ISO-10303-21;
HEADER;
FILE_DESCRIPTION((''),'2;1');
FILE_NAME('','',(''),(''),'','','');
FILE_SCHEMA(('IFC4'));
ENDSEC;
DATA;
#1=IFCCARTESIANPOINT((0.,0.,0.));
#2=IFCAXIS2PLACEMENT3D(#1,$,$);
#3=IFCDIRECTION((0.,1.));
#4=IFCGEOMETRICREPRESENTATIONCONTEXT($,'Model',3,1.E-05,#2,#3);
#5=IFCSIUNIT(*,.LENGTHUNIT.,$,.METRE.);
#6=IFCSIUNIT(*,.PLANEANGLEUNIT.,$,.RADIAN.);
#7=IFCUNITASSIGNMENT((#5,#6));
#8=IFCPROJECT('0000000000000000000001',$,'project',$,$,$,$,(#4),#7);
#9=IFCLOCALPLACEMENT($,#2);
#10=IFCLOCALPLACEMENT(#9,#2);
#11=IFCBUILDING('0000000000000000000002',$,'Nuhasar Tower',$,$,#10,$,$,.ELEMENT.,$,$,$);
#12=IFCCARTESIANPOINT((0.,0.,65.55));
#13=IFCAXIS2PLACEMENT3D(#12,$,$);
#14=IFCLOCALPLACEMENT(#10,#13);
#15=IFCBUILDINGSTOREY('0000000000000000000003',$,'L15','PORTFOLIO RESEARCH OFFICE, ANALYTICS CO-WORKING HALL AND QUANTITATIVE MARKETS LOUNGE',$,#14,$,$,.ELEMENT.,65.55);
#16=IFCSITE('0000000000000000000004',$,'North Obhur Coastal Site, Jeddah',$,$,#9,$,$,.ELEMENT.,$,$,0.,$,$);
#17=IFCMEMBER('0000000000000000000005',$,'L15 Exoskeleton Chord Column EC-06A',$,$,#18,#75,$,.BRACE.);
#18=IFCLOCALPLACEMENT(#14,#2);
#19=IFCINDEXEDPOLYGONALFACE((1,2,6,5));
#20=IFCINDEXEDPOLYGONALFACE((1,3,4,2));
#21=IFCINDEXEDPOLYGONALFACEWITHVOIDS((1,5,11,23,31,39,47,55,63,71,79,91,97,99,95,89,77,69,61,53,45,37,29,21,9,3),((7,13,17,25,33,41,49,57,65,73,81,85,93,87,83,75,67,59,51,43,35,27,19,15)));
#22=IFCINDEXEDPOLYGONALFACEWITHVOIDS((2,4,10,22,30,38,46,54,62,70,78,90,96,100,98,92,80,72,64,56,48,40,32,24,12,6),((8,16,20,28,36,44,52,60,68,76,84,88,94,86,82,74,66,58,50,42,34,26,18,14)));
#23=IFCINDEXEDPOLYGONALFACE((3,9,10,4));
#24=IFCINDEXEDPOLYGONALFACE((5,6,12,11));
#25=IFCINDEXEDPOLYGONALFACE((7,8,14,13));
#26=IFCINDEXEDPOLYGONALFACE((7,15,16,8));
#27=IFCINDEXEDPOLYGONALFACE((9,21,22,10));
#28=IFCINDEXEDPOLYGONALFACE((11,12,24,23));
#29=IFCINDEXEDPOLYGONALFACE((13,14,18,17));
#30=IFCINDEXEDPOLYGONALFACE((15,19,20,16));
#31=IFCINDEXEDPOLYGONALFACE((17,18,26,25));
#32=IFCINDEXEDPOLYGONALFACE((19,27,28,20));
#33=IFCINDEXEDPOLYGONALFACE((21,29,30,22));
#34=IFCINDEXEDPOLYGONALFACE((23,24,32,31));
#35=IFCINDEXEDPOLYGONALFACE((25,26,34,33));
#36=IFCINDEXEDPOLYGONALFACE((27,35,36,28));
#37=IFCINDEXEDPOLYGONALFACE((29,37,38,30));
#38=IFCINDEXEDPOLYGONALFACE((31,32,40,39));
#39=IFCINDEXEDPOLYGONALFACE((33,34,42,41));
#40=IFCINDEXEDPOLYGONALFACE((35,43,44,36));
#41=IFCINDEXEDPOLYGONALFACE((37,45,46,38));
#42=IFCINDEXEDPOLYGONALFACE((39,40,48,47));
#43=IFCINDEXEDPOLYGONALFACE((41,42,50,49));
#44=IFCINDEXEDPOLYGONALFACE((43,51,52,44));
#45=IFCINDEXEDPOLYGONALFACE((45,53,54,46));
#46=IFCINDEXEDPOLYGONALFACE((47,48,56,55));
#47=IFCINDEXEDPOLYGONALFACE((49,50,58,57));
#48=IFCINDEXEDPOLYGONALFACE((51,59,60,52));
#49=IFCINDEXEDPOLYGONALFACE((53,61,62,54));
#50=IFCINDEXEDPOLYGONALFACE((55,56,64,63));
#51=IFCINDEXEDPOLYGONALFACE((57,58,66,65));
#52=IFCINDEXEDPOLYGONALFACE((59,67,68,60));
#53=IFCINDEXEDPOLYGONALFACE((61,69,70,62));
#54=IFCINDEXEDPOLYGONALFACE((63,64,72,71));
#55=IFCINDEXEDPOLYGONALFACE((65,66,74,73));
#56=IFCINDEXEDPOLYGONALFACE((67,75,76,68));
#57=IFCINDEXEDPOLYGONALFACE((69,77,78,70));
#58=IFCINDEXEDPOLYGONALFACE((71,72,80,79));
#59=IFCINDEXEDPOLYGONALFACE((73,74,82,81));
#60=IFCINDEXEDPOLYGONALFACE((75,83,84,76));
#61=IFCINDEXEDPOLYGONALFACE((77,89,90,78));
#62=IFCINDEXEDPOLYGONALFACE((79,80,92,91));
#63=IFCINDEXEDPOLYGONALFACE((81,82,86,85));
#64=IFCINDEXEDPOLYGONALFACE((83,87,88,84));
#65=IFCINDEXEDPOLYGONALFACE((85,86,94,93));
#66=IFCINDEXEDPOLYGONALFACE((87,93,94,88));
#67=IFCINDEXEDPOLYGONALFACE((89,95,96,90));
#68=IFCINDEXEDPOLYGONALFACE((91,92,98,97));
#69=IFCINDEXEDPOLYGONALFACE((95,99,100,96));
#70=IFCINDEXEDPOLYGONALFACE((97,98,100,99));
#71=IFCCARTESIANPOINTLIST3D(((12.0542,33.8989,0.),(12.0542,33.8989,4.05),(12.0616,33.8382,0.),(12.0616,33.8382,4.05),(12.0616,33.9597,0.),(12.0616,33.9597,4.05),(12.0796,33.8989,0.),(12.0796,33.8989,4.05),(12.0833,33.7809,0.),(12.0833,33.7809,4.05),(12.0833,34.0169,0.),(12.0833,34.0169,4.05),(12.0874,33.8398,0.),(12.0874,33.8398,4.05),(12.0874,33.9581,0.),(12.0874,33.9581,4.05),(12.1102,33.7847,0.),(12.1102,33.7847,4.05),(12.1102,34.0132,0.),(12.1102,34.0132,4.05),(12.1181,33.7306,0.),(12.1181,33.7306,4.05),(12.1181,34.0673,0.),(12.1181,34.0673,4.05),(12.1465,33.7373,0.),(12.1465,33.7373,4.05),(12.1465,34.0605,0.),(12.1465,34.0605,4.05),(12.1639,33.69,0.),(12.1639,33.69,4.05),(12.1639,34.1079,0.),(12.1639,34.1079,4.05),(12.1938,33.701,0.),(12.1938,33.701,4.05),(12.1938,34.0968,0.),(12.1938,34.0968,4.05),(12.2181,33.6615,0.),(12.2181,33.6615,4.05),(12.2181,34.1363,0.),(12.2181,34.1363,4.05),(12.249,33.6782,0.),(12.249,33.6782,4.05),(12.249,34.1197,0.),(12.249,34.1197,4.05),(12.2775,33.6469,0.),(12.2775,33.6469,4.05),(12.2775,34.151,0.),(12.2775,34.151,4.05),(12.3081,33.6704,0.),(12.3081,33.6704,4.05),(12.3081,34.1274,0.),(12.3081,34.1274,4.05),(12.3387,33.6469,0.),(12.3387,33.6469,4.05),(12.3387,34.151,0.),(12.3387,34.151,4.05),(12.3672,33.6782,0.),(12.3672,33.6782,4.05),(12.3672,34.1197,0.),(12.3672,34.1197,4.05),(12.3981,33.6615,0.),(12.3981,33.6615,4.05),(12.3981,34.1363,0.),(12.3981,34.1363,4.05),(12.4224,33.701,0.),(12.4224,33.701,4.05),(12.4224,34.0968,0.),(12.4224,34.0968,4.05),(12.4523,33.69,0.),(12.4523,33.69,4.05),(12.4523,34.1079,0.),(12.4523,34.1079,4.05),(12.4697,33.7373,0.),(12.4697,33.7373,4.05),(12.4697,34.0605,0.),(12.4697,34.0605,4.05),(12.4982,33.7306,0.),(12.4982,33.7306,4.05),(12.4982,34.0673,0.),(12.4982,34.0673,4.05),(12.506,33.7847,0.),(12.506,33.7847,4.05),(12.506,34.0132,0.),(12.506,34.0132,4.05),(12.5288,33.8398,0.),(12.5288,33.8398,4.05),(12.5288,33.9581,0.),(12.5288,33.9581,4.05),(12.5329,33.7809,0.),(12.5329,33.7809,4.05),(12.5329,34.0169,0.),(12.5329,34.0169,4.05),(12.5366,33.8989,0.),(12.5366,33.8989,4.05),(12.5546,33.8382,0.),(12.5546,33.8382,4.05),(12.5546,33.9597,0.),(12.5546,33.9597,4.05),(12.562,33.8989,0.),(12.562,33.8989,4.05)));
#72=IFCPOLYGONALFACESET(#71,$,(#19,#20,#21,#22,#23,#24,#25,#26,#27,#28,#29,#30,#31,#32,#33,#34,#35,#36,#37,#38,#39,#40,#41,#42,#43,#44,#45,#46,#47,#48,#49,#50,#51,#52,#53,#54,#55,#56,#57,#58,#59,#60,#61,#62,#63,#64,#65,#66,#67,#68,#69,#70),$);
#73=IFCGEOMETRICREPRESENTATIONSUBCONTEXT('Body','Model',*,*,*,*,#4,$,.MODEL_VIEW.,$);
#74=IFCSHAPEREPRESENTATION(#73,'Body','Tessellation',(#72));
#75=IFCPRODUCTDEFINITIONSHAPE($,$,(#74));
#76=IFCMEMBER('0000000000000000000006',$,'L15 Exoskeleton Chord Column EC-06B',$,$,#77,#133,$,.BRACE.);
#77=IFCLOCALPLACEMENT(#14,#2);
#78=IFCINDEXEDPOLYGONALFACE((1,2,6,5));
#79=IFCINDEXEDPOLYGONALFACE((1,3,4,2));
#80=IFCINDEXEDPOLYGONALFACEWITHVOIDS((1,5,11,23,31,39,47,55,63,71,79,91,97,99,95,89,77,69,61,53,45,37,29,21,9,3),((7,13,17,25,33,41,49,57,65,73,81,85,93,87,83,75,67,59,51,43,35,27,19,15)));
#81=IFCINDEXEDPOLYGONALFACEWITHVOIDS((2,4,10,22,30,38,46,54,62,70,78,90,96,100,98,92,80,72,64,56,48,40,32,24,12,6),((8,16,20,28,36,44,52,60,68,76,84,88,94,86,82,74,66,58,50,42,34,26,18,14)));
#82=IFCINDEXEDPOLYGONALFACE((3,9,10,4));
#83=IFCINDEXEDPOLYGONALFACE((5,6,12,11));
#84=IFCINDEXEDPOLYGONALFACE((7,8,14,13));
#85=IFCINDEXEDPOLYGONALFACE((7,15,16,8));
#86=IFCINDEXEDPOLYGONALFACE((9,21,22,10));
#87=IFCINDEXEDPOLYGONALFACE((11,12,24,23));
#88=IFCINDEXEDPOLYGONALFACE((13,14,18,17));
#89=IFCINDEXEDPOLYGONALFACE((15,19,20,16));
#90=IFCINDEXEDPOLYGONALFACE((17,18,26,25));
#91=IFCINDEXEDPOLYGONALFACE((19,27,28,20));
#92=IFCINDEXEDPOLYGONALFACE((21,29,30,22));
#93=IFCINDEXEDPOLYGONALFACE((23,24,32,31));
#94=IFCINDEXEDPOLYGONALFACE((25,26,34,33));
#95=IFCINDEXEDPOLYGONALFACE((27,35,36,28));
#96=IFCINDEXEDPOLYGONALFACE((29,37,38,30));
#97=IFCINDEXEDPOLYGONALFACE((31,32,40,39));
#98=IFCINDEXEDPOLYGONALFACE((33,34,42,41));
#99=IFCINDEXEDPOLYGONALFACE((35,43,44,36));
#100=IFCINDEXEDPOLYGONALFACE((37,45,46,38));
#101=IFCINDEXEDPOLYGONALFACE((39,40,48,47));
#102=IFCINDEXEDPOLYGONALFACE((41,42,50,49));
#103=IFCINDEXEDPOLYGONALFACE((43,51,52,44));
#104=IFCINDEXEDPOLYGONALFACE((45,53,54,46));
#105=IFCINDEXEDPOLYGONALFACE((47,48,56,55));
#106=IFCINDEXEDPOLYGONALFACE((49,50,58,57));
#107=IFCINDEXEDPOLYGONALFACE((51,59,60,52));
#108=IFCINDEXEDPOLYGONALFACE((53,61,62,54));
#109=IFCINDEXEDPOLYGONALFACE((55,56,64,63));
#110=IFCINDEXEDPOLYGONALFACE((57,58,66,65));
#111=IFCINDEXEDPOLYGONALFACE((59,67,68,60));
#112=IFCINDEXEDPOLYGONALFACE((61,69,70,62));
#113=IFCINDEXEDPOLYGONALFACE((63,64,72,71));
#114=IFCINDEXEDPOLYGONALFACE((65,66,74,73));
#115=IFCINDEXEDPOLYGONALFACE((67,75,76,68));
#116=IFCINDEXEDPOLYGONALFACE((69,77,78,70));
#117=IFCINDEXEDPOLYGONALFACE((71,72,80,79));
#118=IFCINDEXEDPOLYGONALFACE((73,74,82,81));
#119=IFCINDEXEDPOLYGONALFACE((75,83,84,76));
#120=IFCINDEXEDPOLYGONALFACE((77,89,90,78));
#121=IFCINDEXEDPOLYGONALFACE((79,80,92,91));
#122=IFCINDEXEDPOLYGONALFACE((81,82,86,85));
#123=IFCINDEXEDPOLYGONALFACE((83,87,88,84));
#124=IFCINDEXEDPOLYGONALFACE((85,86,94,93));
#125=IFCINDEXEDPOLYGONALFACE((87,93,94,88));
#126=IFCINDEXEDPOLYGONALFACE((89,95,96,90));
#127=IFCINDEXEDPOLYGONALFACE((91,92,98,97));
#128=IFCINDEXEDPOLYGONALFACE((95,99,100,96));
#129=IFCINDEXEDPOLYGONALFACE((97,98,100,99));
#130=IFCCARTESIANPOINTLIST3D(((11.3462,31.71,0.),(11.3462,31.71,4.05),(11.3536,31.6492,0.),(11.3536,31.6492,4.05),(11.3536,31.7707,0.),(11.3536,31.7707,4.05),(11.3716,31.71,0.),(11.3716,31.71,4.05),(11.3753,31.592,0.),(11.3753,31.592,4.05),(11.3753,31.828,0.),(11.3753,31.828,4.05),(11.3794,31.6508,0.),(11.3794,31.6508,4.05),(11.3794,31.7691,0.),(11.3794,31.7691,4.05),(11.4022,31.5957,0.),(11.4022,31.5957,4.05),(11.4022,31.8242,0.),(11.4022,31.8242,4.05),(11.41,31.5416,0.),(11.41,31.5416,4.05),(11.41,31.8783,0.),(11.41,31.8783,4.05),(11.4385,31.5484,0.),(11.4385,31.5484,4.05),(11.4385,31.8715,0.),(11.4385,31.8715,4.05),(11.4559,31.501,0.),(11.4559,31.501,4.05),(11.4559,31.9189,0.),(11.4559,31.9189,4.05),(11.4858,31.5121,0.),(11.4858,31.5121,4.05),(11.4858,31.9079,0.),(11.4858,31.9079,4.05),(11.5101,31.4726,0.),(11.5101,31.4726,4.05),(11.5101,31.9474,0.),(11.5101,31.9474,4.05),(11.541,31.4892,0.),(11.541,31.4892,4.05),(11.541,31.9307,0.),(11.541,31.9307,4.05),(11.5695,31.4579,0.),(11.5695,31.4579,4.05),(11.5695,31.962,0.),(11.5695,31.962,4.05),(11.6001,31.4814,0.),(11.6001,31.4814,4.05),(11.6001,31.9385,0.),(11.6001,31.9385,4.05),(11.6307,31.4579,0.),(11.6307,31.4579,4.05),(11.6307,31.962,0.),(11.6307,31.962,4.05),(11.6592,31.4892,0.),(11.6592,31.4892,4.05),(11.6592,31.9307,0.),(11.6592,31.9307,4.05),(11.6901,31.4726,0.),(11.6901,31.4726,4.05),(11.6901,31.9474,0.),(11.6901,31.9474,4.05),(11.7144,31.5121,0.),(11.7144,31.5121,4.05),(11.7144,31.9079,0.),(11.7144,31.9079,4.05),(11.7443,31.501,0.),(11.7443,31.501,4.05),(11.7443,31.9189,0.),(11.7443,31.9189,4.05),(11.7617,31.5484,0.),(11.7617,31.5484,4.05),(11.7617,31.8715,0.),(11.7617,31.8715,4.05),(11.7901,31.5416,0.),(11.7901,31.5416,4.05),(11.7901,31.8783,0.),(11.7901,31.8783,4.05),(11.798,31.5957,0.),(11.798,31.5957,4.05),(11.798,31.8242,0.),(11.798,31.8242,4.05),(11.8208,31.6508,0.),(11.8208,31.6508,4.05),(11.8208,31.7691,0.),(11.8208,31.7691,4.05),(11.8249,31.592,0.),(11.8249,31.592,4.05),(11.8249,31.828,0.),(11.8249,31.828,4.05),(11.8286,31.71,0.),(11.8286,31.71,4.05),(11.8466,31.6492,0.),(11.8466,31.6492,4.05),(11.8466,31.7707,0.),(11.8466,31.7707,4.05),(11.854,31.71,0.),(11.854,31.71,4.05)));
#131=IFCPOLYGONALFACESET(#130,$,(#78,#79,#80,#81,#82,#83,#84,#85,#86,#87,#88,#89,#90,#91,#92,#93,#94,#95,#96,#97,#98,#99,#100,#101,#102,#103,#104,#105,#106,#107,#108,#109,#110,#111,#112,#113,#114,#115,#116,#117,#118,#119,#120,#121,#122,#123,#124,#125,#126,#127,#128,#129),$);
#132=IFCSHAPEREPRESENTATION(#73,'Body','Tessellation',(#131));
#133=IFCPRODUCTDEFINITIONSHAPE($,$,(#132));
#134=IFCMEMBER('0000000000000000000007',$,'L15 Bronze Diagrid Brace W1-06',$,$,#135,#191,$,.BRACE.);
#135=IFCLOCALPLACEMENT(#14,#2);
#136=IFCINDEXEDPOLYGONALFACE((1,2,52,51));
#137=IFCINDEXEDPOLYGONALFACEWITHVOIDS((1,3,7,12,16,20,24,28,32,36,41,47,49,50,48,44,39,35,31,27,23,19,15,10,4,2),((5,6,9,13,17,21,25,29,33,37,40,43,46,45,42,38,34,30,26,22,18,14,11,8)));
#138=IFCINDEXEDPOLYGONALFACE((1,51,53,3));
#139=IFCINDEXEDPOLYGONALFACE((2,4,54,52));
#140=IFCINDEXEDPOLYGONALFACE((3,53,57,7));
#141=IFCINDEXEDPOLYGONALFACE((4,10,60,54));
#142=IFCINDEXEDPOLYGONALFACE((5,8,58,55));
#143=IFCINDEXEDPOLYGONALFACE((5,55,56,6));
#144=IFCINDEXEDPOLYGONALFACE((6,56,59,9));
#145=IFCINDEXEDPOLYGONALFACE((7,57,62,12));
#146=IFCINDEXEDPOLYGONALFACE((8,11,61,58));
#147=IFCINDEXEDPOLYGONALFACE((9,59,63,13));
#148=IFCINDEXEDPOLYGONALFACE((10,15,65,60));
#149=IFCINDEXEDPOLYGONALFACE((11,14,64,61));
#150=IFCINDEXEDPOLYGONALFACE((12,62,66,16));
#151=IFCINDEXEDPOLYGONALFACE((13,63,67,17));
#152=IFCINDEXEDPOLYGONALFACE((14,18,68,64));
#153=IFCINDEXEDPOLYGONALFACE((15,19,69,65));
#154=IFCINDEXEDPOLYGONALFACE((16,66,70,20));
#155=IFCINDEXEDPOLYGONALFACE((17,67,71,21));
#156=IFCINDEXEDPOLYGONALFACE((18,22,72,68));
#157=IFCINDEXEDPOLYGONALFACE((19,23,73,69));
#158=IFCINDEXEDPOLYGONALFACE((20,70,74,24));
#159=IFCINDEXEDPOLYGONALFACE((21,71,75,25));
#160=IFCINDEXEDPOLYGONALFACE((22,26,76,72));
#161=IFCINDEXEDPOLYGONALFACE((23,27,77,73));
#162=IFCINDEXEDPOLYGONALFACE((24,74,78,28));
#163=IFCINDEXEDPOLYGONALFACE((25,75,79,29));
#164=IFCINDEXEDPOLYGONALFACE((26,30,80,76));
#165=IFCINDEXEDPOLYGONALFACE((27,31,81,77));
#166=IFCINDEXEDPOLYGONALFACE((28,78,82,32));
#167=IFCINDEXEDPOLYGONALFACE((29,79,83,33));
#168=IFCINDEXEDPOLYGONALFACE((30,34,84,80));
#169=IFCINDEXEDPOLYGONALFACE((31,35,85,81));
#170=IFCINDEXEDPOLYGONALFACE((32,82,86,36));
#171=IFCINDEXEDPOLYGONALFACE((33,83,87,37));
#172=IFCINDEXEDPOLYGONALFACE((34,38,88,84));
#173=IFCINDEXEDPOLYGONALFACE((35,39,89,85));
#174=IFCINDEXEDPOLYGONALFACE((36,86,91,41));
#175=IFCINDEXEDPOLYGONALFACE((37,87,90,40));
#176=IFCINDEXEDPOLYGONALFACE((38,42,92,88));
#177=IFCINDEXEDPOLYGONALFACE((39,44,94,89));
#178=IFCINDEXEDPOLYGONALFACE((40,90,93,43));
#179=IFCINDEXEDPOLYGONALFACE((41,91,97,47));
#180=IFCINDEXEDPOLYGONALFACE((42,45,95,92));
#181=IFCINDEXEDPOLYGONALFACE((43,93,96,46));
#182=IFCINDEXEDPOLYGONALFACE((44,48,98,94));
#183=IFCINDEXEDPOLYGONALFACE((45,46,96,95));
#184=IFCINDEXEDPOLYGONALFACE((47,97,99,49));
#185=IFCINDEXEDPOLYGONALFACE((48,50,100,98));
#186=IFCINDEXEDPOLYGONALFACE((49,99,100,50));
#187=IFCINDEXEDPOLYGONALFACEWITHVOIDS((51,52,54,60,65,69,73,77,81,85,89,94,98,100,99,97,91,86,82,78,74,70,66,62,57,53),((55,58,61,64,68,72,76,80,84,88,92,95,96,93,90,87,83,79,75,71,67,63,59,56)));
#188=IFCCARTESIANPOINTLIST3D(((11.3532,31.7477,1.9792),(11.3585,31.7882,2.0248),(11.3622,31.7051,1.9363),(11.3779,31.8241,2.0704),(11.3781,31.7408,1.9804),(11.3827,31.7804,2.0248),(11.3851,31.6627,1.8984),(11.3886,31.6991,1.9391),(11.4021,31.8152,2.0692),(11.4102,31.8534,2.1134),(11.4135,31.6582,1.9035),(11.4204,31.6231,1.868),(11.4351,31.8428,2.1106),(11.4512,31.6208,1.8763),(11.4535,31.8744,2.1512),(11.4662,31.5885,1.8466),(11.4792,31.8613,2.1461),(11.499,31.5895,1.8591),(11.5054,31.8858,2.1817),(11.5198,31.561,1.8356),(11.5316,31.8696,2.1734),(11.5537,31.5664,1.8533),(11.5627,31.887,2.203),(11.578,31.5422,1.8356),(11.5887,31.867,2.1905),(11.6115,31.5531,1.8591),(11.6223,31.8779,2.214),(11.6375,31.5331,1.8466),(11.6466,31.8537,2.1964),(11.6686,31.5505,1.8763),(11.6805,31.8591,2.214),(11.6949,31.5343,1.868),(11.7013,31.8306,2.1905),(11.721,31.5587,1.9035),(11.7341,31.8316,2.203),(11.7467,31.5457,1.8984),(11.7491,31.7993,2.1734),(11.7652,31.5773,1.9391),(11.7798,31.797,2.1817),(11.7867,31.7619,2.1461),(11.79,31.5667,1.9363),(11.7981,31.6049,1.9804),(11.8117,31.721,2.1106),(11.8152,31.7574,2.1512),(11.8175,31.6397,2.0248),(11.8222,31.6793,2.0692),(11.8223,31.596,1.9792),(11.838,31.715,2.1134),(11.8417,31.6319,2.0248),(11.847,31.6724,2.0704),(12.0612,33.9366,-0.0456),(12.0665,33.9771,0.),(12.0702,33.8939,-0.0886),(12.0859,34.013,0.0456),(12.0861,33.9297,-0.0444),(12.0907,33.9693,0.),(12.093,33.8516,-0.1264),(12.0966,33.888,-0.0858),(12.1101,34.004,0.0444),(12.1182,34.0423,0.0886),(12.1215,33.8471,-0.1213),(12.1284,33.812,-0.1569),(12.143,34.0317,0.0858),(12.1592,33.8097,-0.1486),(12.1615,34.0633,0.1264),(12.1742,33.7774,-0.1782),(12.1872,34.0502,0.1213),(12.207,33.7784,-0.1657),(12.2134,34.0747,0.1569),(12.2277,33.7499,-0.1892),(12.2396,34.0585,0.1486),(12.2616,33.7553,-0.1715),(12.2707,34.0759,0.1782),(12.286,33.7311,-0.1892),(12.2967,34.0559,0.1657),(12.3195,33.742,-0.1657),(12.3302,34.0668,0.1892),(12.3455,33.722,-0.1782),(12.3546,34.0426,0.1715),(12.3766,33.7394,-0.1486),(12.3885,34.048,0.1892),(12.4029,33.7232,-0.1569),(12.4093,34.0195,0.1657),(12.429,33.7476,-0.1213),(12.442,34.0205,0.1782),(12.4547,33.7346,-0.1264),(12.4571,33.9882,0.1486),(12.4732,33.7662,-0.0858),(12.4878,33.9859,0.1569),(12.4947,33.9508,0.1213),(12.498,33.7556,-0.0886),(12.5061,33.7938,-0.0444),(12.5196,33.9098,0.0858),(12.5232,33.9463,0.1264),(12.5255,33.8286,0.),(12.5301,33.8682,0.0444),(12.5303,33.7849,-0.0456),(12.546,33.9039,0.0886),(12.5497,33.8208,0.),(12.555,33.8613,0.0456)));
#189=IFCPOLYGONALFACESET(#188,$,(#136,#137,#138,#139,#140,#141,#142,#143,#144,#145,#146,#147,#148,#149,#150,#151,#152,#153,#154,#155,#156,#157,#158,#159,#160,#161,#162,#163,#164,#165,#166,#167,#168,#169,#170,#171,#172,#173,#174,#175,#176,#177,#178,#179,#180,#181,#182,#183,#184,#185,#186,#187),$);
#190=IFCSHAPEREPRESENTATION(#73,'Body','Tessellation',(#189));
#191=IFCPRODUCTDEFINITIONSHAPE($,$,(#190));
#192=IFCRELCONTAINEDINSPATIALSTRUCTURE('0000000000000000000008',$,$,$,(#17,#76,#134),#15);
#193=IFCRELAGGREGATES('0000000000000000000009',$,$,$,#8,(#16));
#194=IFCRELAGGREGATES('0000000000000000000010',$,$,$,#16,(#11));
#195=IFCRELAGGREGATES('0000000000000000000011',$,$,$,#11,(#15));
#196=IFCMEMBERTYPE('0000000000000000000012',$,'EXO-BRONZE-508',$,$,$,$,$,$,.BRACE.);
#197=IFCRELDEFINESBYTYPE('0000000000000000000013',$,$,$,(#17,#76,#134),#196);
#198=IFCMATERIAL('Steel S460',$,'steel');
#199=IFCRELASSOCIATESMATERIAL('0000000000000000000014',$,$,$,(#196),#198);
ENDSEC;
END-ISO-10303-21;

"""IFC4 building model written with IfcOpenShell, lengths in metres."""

from ifc_helpers import new_model, si_unit, direction, frame, origin, origin_2d, place, context, subcontext, project, spatial, hollow_circle, extrude, material, material_profile, profile_set, type_object, element, save


model = new_model("IFC4")

# Units and contexts
model_context = context("Model", 3, precision=1e-05, world=origin(), true_north=direction((0.0, 1.0)))
body_context = subcontext(model_context, "Body", "Model", "MODEL_VIEW")
ifc_project = project(units=[si_unit("LENGTHUNIT", "METRE"), si_unit("PLANEANGLEUNIT", "RADIAN")], contexts=[model_context])

# Site, building, storey
site_placement = place(None, origin())
site = spatial("IfcSite", under=ifc_project, at=site_placement, Name="North Obhur Coastal Site, Jeddah", CompositionType="ELEMENT", RefElevation=0.0)
building_placement = place(site_placement, origin())
building = spatial("IfcBuilding", under=site, at=building_placement, Name="Nuhasar Tower", CompositionType="ELEMENT")
storey_placement = place(building_placement, frame((0.0, 0.0, 65.55)))
storey = spatial("IfcBuildingStorey", under=building, at=storey_placement, Name="L15", Description="PORTFOLIO RESEARCH OFFICE, ANALYTICS CO-WORKING HALL AND QUANTITATIVE MARKETS LOUNGE", CompositionType="ELEMENT", Elevation=65.55)

# Members
ifc_material_1 = material(Name="Steel S460", Category="steel")
ifc_material_profile_1 = material_profile(ifc_material_1, hollow_circle(Radius=0.2539, WallThickness=0.0254, at=origin_2d()), Name="HSS508X25.4")
ifc_profile_set_1 = profile_set([ifc_material_profile_1], Name="Steel S460")
member_type_1 = type_object("IfcMemberType", Name="EXO-BRONZE-508", PredefinedType="BRACE", material=ifc_profile_set_1)
for number, where, z_axis, x_axis, name in (
    (1, (12.3081, 33.8989, 0.0), (0.0, 0.0, 1.0), (1.0, 0.0, 0.0), "L15 Exoskeleton Chord Column EC-06A"),
    (2, (11.6001, 31.71, 0.0), (0.0, 0.0, 1.0), (1.0, 0.0, 0.0), "L15 Exoskeleton Chord Column EC-06B"),
):
    element("IfcMember", number, at=place(storey_placement, frame(where, z_axis=z_axis, x_axis=x_axis)), inside=storey, type_object=member_type_1, Name=name, PredefinedType="BRACE", context=body_context, shape_type="SweptSolid", body=[
        extrude(hollow_circle(Radius=0.2539, WallThickness=0.0254, at=origin_2d()), origin(), (0.0, 0.0, 1.0), 4.05),
    ])
member_1_placement = place(storey_placement, frame((12.3081, 33.8989, 0.0), z_axis=(-0.231012, -0.714225, 0.660694), x_axis=(0.951468, -0.307747, 0.0)))
element("IfcMember", 3, at=member_1_placement, inside=storey, type_object=member_type_1, Name="L15 Bronze Diagrid Brace W1-06", PredefinedType="BRACE", context=body_context, shape_type="SweptSolid", body=[
    extrude(hollow_circle(Radius=0.2539, WallThickness=0.0254, at=origin_2d()), origin(), (0.0, 0.0, 1.0), 3.0647),
])

save(model, "model.ifc")
